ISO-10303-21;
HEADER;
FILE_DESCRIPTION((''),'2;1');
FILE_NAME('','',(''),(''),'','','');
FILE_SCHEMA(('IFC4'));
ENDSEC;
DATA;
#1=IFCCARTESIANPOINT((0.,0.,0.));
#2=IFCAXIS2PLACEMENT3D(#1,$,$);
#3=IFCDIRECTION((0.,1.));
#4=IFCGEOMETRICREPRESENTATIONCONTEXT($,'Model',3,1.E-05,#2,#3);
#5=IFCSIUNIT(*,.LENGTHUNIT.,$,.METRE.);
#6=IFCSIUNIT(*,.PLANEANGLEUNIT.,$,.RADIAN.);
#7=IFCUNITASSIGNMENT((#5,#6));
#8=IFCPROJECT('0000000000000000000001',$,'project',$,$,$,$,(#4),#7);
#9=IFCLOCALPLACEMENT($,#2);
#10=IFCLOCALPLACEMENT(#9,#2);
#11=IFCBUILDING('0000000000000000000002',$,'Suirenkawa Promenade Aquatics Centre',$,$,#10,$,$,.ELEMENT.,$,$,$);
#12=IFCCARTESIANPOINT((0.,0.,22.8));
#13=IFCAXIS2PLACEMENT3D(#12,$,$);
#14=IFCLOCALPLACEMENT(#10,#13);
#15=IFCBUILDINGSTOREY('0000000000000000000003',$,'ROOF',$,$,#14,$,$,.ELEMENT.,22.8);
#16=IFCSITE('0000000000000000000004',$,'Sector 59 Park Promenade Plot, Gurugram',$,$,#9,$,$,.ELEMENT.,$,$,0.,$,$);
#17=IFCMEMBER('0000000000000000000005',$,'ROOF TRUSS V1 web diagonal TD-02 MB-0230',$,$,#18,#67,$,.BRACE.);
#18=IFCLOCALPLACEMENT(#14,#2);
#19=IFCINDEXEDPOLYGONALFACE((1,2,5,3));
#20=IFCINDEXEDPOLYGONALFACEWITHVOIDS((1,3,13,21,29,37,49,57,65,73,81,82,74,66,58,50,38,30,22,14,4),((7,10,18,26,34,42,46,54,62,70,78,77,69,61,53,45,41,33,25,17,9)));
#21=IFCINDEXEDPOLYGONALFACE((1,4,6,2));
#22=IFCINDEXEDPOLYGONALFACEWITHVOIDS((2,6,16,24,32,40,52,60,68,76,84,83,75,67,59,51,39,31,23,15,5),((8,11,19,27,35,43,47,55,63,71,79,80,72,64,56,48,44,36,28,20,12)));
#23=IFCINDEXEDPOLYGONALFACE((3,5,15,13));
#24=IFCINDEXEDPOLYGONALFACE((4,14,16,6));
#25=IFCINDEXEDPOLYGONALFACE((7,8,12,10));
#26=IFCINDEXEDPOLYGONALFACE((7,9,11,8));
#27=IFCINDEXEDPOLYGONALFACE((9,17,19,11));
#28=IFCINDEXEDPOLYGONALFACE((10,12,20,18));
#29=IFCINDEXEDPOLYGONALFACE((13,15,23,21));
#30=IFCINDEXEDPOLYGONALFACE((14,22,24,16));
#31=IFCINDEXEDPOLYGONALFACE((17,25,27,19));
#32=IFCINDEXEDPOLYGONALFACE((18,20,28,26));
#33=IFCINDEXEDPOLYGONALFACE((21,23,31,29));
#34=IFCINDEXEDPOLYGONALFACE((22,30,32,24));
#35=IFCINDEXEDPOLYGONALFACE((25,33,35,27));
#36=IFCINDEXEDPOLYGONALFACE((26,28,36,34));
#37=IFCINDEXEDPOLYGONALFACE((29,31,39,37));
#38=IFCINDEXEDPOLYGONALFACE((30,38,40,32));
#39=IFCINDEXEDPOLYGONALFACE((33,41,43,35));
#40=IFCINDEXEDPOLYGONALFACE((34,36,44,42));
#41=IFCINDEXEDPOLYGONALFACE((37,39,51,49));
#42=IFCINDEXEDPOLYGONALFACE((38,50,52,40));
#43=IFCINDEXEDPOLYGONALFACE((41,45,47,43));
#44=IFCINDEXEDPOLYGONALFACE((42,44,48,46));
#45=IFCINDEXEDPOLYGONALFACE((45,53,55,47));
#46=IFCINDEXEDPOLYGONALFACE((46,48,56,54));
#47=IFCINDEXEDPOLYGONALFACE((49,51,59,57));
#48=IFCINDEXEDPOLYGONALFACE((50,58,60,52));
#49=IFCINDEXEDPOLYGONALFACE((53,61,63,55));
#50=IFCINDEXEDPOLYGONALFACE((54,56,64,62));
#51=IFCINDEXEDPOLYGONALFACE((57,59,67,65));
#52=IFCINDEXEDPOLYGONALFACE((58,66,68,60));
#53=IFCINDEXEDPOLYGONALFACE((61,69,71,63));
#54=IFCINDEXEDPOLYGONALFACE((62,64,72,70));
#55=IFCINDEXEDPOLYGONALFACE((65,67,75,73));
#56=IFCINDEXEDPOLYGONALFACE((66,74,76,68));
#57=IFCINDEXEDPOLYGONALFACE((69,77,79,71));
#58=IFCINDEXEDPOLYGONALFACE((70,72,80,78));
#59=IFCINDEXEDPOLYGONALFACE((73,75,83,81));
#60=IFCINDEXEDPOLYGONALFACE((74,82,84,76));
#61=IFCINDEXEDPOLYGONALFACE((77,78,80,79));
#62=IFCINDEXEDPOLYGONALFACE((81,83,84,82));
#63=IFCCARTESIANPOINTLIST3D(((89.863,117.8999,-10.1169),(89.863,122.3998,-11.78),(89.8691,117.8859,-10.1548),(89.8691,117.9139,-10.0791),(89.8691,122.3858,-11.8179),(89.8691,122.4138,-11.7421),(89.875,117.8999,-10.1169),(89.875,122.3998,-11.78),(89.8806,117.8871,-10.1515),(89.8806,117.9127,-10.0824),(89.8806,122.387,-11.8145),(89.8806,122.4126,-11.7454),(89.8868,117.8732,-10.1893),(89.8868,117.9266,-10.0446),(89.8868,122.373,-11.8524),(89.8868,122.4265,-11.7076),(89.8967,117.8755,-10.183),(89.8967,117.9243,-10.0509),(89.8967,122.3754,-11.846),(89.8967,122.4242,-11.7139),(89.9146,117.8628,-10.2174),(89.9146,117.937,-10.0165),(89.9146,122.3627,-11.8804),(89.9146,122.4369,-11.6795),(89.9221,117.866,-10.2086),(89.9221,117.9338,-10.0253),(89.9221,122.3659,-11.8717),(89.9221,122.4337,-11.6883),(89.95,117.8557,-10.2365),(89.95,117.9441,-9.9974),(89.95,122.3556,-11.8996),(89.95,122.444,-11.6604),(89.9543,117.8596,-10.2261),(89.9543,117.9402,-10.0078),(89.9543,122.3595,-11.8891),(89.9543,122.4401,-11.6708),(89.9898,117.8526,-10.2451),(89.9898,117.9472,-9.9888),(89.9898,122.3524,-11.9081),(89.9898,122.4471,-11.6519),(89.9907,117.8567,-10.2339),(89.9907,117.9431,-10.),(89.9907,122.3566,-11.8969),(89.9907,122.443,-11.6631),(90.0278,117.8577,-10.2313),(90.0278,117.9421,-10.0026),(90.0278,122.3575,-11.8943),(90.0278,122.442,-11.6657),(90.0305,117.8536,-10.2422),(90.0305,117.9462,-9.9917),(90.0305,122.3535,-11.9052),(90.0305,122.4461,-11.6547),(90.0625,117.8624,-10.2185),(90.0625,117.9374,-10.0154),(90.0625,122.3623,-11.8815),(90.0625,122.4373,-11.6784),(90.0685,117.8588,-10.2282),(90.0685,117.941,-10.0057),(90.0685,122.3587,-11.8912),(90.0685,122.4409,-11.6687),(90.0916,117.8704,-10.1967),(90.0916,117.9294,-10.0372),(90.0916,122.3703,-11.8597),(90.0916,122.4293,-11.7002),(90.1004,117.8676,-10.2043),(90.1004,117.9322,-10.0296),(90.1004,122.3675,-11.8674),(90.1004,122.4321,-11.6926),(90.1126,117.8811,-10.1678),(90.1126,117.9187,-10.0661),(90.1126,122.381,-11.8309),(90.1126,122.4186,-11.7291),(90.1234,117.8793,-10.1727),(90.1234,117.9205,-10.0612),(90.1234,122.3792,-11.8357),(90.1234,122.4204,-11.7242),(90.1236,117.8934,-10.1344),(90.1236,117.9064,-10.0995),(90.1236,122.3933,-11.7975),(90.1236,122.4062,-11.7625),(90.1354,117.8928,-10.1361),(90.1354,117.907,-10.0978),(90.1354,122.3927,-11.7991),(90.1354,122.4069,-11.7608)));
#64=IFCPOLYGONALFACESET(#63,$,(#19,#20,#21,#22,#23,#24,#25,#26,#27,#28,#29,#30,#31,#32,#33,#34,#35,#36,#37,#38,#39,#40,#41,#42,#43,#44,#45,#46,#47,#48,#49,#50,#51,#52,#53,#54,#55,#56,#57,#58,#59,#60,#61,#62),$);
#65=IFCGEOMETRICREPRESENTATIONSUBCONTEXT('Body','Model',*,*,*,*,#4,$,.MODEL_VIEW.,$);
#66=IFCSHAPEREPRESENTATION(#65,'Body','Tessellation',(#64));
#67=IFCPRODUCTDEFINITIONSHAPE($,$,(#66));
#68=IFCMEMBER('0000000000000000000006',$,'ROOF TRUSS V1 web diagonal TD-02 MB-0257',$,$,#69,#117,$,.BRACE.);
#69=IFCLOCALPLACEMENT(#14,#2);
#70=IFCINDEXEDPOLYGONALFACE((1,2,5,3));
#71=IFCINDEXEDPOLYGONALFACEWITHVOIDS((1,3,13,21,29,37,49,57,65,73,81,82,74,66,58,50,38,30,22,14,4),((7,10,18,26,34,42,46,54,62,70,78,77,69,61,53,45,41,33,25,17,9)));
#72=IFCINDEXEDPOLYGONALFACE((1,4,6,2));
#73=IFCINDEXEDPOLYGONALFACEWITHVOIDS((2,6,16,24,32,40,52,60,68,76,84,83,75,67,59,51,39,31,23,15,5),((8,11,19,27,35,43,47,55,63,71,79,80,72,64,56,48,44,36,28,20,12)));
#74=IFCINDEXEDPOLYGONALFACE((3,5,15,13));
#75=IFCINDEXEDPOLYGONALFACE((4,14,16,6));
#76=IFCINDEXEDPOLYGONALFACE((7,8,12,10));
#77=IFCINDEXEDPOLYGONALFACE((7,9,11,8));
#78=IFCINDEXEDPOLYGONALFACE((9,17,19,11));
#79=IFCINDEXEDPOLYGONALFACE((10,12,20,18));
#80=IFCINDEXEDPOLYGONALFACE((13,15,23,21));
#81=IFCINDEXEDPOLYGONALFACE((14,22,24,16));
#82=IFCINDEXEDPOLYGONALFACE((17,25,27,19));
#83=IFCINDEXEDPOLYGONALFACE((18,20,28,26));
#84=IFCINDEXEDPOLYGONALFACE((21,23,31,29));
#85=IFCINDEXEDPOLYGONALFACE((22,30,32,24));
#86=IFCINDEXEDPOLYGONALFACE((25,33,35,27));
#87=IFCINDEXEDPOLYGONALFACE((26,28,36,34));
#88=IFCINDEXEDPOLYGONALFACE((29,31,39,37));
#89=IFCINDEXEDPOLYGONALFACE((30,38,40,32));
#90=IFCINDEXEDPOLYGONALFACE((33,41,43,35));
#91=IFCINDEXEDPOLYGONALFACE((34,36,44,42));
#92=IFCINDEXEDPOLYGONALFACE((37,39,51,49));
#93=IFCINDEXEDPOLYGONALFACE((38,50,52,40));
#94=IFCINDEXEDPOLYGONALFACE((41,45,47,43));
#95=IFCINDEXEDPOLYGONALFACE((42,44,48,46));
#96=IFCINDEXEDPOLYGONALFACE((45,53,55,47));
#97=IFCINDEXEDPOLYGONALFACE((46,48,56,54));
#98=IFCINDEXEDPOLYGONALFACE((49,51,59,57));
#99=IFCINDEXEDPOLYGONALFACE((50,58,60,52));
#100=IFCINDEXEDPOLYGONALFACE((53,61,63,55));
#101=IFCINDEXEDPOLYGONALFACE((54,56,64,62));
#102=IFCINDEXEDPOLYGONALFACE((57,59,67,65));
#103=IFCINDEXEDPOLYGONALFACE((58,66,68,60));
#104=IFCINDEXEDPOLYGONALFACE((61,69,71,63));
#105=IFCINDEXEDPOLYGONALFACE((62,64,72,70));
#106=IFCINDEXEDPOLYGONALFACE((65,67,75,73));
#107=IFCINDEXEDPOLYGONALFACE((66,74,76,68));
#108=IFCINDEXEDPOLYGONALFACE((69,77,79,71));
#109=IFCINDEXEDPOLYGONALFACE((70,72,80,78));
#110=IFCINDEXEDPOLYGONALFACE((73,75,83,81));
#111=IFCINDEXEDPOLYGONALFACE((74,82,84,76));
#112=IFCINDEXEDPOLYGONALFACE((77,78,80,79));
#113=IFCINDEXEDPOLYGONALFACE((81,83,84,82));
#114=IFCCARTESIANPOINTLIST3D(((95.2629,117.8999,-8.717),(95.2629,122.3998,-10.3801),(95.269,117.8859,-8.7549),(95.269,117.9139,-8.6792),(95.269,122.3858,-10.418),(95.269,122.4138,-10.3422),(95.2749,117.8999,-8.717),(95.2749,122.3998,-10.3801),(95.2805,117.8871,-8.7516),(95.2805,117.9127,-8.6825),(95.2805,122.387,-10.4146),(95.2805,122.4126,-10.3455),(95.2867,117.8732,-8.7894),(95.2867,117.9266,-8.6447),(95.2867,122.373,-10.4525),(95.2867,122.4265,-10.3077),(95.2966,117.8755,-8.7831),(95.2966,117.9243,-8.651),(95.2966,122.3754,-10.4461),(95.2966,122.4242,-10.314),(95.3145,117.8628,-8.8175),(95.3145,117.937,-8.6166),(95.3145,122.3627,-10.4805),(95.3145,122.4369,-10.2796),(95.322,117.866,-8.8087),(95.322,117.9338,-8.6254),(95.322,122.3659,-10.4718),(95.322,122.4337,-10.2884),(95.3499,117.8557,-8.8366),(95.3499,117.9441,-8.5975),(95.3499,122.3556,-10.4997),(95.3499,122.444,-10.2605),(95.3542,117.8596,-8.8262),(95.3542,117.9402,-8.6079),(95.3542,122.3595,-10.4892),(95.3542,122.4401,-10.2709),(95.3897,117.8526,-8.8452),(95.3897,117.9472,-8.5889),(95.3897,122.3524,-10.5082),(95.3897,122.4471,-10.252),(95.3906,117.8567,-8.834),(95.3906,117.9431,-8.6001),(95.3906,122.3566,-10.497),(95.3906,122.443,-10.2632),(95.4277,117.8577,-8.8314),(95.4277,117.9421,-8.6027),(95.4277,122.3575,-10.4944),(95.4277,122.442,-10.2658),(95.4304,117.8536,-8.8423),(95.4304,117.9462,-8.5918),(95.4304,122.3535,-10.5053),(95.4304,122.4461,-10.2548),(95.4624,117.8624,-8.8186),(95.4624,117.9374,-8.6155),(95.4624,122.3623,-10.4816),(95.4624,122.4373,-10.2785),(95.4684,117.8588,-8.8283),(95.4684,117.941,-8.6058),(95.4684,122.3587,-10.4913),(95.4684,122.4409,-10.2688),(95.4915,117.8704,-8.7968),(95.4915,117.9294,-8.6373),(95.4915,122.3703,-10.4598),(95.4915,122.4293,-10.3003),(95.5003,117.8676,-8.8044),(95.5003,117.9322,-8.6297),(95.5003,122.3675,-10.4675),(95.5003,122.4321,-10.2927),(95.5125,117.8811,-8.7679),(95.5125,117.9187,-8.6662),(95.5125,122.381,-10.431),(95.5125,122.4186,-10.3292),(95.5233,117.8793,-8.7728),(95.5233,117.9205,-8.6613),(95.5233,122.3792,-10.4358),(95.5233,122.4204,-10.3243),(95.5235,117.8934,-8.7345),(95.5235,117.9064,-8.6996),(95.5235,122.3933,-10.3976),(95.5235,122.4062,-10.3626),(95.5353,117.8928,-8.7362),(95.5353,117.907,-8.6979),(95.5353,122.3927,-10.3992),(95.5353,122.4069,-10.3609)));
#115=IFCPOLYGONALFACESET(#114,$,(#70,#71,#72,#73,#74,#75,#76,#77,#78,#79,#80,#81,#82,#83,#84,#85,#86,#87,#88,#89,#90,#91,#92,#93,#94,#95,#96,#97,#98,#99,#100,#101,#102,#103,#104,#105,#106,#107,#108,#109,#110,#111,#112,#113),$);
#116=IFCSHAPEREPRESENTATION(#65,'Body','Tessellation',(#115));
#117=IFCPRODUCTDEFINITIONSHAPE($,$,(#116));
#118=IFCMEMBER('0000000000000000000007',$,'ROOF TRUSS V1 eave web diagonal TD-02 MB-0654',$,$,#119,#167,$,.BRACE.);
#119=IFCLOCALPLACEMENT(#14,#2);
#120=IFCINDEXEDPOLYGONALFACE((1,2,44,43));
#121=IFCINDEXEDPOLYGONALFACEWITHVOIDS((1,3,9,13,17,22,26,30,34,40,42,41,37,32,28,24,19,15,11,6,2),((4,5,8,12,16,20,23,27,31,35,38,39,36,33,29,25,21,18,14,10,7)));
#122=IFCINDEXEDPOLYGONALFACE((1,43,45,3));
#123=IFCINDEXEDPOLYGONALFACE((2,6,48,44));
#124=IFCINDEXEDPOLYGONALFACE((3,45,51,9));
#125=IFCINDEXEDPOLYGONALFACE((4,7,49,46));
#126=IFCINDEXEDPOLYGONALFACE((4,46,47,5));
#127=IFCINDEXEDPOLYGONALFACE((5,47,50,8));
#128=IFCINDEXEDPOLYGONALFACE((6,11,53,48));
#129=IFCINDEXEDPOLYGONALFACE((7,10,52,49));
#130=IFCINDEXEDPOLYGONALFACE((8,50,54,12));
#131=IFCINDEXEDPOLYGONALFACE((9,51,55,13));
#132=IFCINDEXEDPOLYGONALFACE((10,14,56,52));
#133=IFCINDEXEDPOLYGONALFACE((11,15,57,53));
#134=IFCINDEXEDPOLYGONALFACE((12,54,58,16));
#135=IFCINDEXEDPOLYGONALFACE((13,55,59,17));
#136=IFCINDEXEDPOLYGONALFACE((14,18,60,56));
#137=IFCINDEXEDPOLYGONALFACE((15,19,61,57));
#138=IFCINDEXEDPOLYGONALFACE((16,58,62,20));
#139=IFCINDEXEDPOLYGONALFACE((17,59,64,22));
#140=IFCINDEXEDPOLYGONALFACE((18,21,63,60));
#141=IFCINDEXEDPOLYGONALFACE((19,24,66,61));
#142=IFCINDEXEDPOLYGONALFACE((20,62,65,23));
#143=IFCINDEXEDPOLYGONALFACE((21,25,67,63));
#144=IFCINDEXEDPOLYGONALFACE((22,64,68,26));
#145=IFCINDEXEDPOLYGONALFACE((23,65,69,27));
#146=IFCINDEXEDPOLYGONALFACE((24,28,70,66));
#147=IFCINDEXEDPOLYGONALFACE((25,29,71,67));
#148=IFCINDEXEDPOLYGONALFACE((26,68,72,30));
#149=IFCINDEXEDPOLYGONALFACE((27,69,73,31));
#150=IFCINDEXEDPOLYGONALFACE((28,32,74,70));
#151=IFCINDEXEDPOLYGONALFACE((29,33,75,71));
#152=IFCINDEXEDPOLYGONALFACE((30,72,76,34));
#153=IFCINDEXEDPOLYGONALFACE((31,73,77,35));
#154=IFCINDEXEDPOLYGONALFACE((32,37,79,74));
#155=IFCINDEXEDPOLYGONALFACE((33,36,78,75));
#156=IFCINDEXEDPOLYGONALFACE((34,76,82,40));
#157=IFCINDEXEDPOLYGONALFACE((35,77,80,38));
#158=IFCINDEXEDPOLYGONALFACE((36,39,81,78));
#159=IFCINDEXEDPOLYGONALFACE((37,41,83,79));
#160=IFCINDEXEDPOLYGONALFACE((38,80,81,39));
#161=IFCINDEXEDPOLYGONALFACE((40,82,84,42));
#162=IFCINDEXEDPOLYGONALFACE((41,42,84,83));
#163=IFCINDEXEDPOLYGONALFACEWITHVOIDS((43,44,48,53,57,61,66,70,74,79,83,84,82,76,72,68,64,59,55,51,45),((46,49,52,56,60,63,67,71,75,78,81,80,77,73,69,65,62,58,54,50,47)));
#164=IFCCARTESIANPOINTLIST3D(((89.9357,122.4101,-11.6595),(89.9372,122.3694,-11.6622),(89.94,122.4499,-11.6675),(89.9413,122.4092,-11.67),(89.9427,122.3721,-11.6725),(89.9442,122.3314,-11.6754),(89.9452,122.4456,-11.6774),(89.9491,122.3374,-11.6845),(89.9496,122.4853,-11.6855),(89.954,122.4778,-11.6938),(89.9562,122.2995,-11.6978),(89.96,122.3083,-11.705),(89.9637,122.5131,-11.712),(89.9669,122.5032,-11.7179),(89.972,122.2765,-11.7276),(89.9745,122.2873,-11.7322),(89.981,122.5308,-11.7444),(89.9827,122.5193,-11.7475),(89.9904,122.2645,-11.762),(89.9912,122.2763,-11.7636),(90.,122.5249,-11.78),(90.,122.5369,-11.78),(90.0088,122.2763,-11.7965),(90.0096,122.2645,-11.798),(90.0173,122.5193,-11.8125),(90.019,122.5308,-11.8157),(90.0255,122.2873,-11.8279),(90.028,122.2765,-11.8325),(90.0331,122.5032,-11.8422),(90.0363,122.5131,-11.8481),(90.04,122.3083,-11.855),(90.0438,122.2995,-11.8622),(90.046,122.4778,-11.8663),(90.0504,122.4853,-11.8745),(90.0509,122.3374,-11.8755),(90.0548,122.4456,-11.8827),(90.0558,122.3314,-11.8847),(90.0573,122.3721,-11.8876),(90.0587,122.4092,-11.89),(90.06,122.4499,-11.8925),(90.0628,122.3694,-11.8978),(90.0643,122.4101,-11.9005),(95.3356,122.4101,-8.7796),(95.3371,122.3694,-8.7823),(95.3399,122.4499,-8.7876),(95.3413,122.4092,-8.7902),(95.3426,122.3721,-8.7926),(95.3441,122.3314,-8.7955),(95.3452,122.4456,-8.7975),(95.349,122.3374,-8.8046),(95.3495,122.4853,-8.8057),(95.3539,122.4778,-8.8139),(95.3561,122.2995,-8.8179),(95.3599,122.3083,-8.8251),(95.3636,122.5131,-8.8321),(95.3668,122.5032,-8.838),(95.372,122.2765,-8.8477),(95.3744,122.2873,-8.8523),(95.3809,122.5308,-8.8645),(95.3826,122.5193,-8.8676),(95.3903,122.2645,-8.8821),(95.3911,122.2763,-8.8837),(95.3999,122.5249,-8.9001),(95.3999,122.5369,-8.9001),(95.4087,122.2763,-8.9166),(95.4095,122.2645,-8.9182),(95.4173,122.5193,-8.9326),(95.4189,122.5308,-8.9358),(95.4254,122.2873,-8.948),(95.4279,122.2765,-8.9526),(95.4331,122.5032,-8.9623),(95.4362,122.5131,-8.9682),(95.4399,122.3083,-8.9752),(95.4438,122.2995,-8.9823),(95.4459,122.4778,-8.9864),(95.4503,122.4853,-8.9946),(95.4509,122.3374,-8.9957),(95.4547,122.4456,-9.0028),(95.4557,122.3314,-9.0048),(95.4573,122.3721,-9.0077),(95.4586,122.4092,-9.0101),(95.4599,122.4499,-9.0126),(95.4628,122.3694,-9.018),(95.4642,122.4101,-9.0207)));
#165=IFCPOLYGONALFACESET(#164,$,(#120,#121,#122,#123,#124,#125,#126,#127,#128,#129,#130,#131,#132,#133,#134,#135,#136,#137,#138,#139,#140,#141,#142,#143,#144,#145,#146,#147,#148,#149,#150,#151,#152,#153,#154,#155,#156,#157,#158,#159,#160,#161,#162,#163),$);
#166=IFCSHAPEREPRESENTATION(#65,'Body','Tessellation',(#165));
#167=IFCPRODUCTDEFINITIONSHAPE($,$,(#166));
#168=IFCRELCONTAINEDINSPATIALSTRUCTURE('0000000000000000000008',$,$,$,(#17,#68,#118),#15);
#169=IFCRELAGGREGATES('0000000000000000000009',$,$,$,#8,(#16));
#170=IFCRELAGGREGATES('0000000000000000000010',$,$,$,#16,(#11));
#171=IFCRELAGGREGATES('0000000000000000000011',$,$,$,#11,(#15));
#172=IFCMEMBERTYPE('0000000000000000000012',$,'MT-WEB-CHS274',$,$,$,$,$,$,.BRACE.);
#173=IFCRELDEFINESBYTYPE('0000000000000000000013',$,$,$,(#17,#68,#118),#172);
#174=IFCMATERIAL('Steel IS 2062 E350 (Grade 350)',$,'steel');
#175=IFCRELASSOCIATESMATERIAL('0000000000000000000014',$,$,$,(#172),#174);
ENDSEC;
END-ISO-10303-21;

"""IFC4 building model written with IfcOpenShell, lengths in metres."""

from ifc_helpers import new_model, si_unit, direction, frame, origin, origin_2d, place, context, subcontext, project, spatial, hollow_circle, extrude, material, material_profile, profile_set, type_object, element, save


model = new_model("IFC4")

# Units and contexts
model_context = context("Model", 3, precision=1e-05, world=origin(), true_north=direction((0.0, 1.0)))
body_context = subcontext(model_context, "Body", "Model", "MODEL_VIEW")
ifc_project = project(units=[si_unit("LENGTHUNIT", "METRE"), si_unit("PLANEANGLEUNIT", "RADIAN")], contexts=[model_context])

# Site, building, storey
site_placement = place(None, origin())
site = spatial("IfcSite", under=ifc_project, at=site_placement, Name="Sector 59 Park Promenade Plot, Gurugram", CompositionType="ELEMENT", RefElevation=0.0)
building_placement = place(site_placement, origin())
building = spatial("IfcBuilding", under=site, at=building_placement, Name="Suirenkawa Promenade Aquatics Centre", CompositionType="ELEMENT")
storey_placement = place(building_placement, frame((0.0, 0.0, 22.8)))
storey = spatial("IfcBuildingStorey", under=building, at=storey_placement, Name="ROOF", CompositionType="ELEMENT", Elevation=22.8)

# Shared definitions
ifc_material = material(Name="Steel IS 2062 E350 (Grade 350)", Category="steel")

# Members
ifc_material_profile_1 = material_profile(ifc_material, hollow_circle(Radius=0.137, WallThickness=0.012, at=origin_2d()), Name="CHS 274x12", Category="steel")
ifc_profile_set_1 = profile_set([ifc_material_profile_1], Name="Steel IS 2062 E350 (Grade 350)")
member_type_1 = type_object("IfcMemberType", Name="MT-WEB-CHS274", PredefinedType="BRACE", material=ifc_profile_set_1)
for number, where, z_axis, x_axis, name in (
    (1, (90.0, 117.8999, -10.1169), (0.0, 0.937992, -0.346658), (-1.0, 0.0, 0.0), "ROOF TRUSS V1 web diagonal TD-02 MB-0230"),
    (2, (95.3999, 117.8999, -8.717), (0.0, 0.937992, -0.346658), (-1.0, 0.0, 0.0), "ROOF TRUSS V1 web diagonal TD-02 MB-0257"),
):
    element("IfcMember", number, at=place(storey_placement, frame(where, z_axis=z_axis, x_axis=x_axis)), inside=storey, type_object=member_type_1, Name=name, PredefinedType="BRACE", context=body_context, shape_type="SweptSolid", body=[
        extrude(hollow_circle(Radius=0.137, WallThickness=0.012, at=origin_2d()), origin(), (0.0, 0.0, 1.0), 4.7974),
    ])
member_1_placement = place(storey_placement, frame((90.0, 122.3999, -11.78), z_axis=(0.882357, 0.0, 0.47058), x_axis=(0.0, 1.0, 0.0)))
element("IfcMember", 3, at=member_1_placement, inside=storey, type_object=member_type_1, Name="ROOF TRUSS V1 eave web diagonal TD-02 MB-0654", PredefinedType="BRACE", context=body_context, shape_type="SweptSolid", body=[
    extrude(hollow_circle(Radius=0.137, WallThickness=0.012, at=origin_2d()), origin(), (0.0, 0.0, 1.0), 6.1199),
])

save(model, "model.ifc")
